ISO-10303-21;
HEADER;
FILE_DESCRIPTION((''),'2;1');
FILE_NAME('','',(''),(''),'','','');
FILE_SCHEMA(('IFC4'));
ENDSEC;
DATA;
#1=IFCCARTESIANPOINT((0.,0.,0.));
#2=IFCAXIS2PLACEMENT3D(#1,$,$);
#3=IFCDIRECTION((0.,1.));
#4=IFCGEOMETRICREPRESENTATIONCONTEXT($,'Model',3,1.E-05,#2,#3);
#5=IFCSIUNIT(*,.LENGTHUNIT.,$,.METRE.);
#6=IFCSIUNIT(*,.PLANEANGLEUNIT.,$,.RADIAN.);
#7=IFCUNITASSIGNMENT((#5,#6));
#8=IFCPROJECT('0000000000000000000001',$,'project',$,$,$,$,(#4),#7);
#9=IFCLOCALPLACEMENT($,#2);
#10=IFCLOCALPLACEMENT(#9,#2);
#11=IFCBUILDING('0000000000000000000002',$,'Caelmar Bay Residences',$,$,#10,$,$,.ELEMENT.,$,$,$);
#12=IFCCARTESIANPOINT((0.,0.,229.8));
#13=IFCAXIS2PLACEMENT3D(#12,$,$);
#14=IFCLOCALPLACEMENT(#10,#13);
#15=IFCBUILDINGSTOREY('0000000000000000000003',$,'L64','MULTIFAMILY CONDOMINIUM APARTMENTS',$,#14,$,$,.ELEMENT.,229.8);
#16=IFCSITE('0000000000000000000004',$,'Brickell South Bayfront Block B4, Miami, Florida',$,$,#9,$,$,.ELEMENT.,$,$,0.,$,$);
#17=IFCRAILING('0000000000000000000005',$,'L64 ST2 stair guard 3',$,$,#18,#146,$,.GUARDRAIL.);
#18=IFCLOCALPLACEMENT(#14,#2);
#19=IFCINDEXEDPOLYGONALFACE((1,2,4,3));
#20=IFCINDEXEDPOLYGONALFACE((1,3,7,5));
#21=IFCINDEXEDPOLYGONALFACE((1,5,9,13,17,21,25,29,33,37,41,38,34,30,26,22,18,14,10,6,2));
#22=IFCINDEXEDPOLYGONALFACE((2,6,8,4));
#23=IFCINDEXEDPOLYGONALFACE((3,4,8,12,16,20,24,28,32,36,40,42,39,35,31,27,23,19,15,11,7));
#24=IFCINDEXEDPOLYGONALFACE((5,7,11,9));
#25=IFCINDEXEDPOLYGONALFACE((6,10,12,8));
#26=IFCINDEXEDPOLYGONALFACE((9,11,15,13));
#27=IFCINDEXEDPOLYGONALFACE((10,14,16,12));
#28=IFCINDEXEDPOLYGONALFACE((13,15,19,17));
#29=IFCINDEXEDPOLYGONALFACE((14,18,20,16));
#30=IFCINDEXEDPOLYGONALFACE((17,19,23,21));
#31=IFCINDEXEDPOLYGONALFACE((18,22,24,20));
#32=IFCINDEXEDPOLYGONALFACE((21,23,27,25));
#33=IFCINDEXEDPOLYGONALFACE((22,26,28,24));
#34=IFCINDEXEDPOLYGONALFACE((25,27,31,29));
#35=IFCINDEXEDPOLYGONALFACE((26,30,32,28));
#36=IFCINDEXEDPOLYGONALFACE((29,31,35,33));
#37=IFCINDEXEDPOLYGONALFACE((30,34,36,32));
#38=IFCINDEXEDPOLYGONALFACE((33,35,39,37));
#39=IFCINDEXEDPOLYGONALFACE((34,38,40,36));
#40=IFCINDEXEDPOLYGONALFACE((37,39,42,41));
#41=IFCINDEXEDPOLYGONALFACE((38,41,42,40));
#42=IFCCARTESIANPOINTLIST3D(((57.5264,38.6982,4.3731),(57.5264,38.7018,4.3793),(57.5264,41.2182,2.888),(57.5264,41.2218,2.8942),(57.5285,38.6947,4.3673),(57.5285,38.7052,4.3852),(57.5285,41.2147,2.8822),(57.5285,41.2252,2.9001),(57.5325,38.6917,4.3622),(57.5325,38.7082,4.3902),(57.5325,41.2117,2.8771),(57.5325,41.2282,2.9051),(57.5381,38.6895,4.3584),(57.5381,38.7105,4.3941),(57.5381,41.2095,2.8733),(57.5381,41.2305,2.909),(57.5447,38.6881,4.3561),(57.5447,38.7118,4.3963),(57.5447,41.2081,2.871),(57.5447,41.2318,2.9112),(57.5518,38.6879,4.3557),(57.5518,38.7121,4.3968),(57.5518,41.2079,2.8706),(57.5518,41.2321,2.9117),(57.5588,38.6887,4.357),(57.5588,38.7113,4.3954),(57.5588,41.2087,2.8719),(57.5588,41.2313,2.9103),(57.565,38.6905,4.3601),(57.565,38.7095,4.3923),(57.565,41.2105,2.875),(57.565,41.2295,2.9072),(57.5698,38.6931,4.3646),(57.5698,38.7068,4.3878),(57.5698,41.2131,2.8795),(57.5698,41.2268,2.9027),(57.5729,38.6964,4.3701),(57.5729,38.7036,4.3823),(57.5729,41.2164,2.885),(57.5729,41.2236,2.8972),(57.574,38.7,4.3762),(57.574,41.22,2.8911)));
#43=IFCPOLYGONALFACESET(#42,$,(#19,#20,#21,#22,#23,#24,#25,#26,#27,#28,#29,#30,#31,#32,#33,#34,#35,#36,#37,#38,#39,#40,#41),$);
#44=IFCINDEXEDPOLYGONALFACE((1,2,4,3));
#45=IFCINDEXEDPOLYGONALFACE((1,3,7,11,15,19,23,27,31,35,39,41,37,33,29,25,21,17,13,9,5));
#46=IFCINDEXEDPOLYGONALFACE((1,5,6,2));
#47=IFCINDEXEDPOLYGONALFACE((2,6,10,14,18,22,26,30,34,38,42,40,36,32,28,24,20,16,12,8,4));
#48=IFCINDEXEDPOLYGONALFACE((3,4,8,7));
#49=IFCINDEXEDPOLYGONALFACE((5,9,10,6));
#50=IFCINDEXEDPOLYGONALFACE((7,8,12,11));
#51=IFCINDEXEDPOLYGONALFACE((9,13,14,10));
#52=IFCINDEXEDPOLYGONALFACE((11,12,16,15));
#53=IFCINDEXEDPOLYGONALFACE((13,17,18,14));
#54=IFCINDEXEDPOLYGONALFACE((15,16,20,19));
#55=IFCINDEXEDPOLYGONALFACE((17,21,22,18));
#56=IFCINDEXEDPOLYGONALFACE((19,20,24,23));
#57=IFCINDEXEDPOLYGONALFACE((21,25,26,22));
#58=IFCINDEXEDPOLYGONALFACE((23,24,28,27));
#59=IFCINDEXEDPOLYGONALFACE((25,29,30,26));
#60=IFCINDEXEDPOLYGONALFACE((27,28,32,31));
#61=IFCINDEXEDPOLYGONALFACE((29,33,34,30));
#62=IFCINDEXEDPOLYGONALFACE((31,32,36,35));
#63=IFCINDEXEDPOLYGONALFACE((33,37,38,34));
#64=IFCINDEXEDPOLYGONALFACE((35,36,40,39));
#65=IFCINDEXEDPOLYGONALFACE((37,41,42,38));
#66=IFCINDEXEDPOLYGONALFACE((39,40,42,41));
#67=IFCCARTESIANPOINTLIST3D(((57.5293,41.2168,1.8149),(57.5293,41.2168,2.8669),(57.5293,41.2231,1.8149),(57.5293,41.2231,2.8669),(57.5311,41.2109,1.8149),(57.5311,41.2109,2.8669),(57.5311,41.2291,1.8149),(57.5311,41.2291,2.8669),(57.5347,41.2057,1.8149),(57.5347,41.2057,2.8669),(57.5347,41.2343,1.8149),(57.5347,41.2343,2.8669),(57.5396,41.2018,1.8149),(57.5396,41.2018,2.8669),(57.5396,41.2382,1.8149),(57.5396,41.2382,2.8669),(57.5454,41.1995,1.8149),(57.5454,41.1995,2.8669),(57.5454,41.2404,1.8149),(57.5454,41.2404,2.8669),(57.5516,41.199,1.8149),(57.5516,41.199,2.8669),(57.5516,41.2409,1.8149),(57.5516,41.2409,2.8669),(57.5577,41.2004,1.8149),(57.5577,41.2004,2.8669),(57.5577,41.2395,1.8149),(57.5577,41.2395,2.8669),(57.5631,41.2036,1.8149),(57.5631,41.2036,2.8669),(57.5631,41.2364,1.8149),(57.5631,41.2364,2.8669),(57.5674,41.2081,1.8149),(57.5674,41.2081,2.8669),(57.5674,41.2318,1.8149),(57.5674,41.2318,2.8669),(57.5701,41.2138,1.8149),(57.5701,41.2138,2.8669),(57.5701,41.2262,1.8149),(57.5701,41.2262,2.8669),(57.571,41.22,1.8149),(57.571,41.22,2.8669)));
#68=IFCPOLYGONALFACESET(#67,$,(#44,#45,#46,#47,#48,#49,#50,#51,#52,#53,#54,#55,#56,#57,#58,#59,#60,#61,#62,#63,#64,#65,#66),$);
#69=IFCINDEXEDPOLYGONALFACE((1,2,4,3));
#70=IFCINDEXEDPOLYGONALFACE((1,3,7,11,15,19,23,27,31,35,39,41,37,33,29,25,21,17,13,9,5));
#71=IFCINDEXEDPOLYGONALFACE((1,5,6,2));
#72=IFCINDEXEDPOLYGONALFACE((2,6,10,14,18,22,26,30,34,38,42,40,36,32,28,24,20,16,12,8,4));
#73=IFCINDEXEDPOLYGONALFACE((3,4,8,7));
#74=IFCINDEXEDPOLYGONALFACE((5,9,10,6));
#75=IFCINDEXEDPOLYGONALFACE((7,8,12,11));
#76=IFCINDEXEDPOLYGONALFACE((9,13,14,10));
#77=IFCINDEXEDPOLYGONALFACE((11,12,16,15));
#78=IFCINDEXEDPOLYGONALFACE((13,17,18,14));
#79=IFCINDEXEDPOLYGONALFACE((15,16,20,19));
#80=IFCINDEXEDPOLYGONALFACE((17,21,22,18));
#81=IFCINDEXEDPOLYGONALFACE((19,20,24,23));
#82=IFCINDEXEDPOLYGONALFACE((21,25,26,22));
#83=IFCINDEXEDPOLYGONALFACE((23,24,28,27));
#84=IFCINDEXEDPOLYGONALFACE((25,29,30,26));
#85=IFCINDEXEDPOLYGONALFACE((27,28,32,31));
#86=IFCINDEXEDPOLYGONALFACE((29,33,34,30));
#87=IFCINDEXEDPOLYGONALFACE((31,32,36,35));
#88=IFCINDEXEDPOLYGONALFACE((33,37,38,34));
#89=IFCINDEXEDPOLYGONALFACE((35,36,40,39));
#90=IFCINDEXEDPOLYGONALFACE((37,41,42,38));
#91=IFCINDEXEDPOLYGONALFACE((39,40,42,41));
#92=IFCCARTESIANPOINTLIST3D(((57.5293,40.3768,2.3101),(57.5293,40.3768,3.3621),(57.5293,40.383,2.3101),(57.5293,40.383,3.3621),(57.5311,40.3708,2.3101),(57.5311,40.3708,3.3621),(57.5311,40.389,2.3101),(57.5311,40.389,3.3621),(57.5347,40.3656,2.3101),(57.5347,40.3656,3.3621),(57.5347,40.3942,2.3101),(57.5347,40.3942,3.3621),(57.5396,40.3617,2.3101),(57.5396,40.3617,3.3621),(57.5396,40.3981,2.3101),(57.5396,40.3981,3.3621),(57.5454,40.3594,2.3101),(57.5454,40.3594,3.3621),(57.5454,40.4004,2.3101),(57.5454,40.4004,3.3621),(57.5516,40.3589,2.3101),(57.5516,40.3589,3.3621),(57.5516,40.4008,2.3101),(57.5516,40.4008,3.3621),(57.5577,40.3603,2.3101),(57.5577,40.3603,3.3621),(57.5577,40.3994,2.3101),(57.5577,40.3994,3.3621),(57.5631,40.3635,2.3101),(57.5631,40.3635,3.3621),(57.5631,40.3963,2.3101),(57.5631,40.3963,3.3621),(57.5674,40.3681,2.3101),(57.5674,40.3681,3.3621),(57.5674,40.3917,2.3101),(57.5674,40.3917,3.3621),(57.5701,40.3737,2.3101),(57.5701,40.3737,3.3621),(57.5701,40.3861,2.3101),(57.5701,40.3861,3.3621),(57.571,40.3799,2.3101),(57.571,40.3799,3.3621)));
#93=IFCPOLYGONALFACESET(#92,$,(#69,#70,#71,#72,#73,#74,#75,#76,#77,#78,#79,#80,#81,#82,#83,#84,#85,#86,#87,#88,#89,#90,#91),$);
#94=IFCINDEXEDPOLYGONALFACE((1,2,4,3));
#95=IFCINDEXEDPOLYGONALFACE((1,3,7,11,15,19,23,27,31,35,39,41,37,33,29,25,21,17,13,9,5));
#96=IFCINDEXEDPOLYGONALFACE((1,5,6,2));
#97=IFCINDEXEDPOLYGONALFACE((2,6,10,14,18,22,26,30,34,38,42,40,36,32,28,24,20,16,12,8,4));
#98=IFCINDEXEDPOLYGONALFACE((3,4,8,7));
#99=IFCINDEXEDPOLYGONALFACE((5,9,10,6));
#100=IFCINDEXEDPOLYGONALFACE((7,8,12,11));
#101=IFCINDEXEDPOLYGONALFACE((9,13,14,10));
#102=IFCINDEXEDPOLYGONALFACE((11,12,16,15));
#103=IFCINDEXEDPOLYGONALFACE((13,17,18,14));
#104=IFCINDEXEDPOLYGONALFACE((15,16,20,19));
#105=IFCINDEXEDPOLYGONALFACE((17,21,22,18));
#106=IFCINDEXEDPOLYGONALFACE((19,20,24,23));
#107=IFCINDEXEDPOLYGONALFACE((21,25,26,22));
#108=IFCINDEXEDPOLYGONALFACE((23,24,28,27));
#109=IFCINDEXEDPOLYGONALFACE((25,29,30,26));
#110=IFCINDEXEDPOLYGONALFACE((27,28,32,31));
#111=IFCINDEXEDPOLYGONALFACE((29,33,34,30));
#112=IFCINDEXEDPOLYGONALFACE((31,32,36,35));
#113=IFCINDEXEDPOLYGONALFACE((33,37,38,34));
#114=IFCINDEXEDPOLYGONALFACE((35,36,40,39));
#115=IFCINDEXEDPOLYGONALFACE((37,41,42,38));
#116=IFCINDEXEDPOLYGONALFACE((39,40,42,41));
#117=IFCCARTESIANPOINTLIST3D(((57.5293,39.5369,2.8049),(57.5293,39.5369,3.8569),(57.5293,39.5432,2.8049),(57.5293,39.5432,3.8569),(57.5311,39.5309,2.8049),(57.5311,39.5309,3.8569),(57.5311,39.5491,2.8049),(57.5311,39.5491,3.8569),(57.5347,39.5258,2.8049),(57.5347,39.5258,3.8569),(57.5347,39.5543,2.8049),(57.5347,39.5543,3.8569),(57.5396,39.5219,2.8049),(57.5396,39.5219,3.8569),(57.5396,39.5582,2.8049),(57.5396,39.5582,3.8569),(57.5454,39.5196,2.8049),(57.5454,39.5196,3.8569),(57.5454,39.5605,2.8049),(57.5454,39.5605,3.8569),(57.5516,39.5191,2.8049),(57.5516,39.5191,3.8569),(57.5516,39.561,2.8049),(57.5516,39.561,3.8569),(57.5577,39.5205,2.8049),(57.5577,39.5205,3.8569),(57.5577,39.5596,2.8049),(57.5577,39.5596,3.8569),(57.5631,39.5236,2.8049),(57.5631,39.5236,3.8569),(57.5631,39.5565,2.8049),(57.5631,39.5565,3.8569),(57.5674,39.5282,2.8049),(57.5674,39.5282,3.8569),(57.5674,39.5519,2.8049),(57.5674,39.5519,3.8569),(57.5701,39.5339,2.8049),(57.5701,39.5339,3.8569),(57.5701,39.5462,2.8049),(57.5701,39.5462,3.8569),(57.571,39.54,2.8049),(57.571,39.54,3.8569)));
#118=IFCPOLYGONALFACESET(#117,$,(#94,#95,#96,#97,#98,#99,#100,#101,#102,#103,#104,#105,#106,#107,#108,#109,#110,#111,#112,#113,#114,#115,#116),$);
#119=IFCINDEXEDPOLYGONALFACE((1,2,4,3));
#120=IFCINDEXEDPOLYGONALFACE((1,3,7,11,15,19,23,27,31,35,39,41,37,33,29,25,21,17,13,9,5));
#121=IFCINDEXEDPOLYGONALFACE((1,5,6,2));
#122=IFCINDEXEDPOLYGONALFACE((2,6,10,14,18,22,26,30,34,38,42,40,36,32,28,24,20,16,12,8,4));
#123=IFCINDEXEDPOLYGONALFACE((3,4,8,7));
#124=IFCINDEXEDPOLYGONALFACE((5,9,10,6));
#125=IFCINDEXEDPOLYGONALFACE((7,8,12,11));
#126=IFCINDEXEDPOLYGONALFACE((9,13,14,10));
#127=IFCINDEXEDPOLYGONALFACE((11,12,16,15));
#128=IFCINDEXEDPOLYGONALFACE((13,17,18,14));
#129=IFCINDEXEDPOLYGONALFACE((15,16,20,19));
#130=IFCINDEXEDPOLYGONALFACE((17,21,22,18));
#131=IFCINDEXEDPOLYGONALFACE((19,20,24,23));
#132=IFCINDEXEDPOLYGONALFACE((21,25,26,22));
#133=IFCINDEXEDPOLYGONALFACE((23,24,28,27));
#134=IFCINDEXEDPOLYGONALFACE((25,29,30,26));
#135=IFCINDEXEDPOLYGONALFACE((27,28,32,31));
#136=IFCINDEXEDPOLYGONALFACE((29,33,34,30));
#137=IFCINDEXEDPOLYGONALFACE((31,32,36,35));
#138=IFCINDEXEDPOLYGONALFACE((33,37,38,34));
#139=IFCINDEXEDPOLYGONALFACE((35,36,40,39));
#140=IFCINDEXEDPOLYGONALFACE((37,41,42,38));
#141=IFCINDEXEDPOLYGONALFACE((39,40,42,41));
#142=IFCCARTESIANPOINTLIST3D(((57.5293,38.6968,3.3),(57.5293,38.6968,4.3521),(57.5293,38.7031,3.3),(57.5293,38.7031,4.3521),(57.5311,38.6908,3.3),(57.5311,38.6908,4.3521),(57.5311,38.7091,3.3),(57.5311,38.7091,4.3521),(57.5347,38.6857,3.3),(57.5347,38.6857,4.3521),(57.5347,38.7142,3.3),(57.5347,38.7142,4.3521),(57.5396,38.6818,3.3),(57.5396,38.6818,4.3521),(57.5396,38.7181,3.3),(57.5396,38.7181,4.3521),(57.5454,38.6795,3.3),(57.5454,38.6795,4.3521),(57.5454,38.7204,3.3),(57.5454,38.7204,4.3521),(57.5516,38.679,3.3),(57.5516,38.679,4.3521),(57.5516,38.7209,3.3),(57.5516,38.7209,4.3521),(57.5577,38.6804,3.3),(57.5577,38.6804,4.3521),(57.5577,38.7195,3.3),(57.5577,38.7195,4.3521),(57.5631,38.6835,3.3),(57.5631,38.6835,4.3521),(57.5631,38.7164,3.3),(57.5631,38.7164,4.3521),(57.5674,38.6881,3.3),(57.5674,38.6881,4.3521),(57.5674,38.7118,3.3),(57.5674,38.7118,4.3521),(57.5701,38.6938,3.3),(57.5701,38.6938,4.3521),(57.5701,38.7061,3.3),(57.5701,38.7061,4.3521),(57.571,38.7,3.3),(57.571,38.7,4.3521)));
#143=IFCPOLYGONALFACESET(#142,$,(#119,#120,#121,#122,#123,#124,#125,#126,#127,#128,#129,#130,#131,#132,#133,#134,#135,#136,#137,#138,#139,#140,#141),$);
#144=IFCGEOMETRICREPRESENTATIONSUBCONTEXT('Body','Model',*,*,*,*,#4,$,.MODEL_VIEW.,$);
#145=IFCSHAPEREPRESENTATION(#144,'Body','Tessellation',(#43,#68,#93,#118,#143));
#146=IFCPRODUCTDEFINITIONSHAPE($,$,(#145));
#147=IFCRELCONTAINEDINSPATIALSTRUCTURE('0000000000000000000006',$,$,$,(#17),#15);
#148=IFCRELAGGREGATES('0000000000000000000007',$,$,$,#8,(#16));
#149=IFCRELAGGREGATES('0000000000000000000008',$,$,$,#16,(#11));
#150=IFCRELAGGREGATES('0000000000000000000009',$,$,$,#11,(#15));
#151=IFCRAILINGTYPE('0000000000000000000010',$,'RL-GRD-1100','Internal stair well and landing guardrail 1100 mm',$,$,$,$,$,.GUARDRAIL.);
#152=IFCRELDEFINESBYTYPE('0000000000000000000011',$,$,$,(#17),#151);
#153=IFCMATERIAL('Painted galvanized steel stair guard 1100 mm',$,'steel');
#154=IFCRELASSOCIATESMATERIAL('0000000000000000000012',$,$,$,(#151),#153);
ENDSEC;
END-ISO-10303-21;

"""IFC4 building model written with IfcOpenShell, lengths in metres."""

from ifc_helpers import new_model, si_unit, direction, frame, origin, origin_2d, place, context, subcontext, project, spatial, circle, extrude, material, type_object, element, save


model = new_model("IFC4")

# Units and contexts
model_context = context("Model", 3, precision=1e-05, world=origin(), true_north=direction((0.0, 1.0)))
body_context = subcontext(model_context, "Body", "Model", "MODEL_VIEW")
ifc_project = project(units=[si_unit("LENGTHUNIT", "METRE"), si_unit("PLANEANGLEUNIT", "RADIAN")], contexts=[model_context])

# Site, building, storey
site_placement = place(None, origin())
site = spatial("IfcSite", under=ifc_project, at=site_placement, Name="Brickell South Bayfront Block B4, Miami, Florida", CompositionType="ELEMENT", RefElevation=0.0)
building_placement = place(site_placement, origin())
building = spatial("IfcBuilding", under=site, at=building_placement, Name="Caelmar Bay Residences", CompositionType="ELEMENT")
storey_placement = place(building_placement, frame((0.0, 0.0, 229.8)))
storey = spatial("IfcBuildingStorey", under=building, at=storey_placement, Name="L64", Description="MULTIFAMILY CONDOMINIUM APARTMENTS", CompositionType="ELEMENT", Elevation=229.8)

# Railing
ifc_material_1 = material(Name="Painted galvanized steel stair guard 1100 mm", Category="steel")
railing_type_1 = type_object("IfcRailingType", Name="RL-GRD-1100", Description="Internal stair well and landing guardrail 1100 mm", PredefinedType="GUARDRAIL", material=ifc_material_1)
railing_1_placement = place(storey_placement, frame((57.55, 41.22, 1.8149)))
element("IfcRailing", 1, at=railing_1_placement, inside=storey, type_object=railing_type_1, Name="L64 ST2 stair guard 3", PredefinedType="GUARDRAIL", context=body_context, shape_type="SweptSolid", body=[
    extrude(circle(Radius=0.0239, at=origin_2d()), frame((0.0, 0.0, 1.0762), z_axis=(0.0, -0.861524, 0.507717), x_axis=(1.0, 0.0, 0.0)), (0.0, 0.0, 1.0), 2.925),
    extrude(circle(Radius=0.021, at=origin_2d()), origin(), (0.0, 0.0, 1.0), 1.052),
    extrude(circle(Radius=0.021, at=origin_2d()), frame((0.0, -0.8401, 0.4951)), (0.0, 0.0, 1.0), 1.052),
    extrude(circle(Radius=0.021, at=origin_2d()), frame((0.0, -1.6799, 0.99)), (0.0, 0.0, 1.0), 1.052),
    extrude(circle(Radius=0.021, at=origin_2d()), frame((0.0, -2.52, 1.4851)), (0.0, 0.0, 1.0), 1.052),
])

save(model, "model.ifc")
